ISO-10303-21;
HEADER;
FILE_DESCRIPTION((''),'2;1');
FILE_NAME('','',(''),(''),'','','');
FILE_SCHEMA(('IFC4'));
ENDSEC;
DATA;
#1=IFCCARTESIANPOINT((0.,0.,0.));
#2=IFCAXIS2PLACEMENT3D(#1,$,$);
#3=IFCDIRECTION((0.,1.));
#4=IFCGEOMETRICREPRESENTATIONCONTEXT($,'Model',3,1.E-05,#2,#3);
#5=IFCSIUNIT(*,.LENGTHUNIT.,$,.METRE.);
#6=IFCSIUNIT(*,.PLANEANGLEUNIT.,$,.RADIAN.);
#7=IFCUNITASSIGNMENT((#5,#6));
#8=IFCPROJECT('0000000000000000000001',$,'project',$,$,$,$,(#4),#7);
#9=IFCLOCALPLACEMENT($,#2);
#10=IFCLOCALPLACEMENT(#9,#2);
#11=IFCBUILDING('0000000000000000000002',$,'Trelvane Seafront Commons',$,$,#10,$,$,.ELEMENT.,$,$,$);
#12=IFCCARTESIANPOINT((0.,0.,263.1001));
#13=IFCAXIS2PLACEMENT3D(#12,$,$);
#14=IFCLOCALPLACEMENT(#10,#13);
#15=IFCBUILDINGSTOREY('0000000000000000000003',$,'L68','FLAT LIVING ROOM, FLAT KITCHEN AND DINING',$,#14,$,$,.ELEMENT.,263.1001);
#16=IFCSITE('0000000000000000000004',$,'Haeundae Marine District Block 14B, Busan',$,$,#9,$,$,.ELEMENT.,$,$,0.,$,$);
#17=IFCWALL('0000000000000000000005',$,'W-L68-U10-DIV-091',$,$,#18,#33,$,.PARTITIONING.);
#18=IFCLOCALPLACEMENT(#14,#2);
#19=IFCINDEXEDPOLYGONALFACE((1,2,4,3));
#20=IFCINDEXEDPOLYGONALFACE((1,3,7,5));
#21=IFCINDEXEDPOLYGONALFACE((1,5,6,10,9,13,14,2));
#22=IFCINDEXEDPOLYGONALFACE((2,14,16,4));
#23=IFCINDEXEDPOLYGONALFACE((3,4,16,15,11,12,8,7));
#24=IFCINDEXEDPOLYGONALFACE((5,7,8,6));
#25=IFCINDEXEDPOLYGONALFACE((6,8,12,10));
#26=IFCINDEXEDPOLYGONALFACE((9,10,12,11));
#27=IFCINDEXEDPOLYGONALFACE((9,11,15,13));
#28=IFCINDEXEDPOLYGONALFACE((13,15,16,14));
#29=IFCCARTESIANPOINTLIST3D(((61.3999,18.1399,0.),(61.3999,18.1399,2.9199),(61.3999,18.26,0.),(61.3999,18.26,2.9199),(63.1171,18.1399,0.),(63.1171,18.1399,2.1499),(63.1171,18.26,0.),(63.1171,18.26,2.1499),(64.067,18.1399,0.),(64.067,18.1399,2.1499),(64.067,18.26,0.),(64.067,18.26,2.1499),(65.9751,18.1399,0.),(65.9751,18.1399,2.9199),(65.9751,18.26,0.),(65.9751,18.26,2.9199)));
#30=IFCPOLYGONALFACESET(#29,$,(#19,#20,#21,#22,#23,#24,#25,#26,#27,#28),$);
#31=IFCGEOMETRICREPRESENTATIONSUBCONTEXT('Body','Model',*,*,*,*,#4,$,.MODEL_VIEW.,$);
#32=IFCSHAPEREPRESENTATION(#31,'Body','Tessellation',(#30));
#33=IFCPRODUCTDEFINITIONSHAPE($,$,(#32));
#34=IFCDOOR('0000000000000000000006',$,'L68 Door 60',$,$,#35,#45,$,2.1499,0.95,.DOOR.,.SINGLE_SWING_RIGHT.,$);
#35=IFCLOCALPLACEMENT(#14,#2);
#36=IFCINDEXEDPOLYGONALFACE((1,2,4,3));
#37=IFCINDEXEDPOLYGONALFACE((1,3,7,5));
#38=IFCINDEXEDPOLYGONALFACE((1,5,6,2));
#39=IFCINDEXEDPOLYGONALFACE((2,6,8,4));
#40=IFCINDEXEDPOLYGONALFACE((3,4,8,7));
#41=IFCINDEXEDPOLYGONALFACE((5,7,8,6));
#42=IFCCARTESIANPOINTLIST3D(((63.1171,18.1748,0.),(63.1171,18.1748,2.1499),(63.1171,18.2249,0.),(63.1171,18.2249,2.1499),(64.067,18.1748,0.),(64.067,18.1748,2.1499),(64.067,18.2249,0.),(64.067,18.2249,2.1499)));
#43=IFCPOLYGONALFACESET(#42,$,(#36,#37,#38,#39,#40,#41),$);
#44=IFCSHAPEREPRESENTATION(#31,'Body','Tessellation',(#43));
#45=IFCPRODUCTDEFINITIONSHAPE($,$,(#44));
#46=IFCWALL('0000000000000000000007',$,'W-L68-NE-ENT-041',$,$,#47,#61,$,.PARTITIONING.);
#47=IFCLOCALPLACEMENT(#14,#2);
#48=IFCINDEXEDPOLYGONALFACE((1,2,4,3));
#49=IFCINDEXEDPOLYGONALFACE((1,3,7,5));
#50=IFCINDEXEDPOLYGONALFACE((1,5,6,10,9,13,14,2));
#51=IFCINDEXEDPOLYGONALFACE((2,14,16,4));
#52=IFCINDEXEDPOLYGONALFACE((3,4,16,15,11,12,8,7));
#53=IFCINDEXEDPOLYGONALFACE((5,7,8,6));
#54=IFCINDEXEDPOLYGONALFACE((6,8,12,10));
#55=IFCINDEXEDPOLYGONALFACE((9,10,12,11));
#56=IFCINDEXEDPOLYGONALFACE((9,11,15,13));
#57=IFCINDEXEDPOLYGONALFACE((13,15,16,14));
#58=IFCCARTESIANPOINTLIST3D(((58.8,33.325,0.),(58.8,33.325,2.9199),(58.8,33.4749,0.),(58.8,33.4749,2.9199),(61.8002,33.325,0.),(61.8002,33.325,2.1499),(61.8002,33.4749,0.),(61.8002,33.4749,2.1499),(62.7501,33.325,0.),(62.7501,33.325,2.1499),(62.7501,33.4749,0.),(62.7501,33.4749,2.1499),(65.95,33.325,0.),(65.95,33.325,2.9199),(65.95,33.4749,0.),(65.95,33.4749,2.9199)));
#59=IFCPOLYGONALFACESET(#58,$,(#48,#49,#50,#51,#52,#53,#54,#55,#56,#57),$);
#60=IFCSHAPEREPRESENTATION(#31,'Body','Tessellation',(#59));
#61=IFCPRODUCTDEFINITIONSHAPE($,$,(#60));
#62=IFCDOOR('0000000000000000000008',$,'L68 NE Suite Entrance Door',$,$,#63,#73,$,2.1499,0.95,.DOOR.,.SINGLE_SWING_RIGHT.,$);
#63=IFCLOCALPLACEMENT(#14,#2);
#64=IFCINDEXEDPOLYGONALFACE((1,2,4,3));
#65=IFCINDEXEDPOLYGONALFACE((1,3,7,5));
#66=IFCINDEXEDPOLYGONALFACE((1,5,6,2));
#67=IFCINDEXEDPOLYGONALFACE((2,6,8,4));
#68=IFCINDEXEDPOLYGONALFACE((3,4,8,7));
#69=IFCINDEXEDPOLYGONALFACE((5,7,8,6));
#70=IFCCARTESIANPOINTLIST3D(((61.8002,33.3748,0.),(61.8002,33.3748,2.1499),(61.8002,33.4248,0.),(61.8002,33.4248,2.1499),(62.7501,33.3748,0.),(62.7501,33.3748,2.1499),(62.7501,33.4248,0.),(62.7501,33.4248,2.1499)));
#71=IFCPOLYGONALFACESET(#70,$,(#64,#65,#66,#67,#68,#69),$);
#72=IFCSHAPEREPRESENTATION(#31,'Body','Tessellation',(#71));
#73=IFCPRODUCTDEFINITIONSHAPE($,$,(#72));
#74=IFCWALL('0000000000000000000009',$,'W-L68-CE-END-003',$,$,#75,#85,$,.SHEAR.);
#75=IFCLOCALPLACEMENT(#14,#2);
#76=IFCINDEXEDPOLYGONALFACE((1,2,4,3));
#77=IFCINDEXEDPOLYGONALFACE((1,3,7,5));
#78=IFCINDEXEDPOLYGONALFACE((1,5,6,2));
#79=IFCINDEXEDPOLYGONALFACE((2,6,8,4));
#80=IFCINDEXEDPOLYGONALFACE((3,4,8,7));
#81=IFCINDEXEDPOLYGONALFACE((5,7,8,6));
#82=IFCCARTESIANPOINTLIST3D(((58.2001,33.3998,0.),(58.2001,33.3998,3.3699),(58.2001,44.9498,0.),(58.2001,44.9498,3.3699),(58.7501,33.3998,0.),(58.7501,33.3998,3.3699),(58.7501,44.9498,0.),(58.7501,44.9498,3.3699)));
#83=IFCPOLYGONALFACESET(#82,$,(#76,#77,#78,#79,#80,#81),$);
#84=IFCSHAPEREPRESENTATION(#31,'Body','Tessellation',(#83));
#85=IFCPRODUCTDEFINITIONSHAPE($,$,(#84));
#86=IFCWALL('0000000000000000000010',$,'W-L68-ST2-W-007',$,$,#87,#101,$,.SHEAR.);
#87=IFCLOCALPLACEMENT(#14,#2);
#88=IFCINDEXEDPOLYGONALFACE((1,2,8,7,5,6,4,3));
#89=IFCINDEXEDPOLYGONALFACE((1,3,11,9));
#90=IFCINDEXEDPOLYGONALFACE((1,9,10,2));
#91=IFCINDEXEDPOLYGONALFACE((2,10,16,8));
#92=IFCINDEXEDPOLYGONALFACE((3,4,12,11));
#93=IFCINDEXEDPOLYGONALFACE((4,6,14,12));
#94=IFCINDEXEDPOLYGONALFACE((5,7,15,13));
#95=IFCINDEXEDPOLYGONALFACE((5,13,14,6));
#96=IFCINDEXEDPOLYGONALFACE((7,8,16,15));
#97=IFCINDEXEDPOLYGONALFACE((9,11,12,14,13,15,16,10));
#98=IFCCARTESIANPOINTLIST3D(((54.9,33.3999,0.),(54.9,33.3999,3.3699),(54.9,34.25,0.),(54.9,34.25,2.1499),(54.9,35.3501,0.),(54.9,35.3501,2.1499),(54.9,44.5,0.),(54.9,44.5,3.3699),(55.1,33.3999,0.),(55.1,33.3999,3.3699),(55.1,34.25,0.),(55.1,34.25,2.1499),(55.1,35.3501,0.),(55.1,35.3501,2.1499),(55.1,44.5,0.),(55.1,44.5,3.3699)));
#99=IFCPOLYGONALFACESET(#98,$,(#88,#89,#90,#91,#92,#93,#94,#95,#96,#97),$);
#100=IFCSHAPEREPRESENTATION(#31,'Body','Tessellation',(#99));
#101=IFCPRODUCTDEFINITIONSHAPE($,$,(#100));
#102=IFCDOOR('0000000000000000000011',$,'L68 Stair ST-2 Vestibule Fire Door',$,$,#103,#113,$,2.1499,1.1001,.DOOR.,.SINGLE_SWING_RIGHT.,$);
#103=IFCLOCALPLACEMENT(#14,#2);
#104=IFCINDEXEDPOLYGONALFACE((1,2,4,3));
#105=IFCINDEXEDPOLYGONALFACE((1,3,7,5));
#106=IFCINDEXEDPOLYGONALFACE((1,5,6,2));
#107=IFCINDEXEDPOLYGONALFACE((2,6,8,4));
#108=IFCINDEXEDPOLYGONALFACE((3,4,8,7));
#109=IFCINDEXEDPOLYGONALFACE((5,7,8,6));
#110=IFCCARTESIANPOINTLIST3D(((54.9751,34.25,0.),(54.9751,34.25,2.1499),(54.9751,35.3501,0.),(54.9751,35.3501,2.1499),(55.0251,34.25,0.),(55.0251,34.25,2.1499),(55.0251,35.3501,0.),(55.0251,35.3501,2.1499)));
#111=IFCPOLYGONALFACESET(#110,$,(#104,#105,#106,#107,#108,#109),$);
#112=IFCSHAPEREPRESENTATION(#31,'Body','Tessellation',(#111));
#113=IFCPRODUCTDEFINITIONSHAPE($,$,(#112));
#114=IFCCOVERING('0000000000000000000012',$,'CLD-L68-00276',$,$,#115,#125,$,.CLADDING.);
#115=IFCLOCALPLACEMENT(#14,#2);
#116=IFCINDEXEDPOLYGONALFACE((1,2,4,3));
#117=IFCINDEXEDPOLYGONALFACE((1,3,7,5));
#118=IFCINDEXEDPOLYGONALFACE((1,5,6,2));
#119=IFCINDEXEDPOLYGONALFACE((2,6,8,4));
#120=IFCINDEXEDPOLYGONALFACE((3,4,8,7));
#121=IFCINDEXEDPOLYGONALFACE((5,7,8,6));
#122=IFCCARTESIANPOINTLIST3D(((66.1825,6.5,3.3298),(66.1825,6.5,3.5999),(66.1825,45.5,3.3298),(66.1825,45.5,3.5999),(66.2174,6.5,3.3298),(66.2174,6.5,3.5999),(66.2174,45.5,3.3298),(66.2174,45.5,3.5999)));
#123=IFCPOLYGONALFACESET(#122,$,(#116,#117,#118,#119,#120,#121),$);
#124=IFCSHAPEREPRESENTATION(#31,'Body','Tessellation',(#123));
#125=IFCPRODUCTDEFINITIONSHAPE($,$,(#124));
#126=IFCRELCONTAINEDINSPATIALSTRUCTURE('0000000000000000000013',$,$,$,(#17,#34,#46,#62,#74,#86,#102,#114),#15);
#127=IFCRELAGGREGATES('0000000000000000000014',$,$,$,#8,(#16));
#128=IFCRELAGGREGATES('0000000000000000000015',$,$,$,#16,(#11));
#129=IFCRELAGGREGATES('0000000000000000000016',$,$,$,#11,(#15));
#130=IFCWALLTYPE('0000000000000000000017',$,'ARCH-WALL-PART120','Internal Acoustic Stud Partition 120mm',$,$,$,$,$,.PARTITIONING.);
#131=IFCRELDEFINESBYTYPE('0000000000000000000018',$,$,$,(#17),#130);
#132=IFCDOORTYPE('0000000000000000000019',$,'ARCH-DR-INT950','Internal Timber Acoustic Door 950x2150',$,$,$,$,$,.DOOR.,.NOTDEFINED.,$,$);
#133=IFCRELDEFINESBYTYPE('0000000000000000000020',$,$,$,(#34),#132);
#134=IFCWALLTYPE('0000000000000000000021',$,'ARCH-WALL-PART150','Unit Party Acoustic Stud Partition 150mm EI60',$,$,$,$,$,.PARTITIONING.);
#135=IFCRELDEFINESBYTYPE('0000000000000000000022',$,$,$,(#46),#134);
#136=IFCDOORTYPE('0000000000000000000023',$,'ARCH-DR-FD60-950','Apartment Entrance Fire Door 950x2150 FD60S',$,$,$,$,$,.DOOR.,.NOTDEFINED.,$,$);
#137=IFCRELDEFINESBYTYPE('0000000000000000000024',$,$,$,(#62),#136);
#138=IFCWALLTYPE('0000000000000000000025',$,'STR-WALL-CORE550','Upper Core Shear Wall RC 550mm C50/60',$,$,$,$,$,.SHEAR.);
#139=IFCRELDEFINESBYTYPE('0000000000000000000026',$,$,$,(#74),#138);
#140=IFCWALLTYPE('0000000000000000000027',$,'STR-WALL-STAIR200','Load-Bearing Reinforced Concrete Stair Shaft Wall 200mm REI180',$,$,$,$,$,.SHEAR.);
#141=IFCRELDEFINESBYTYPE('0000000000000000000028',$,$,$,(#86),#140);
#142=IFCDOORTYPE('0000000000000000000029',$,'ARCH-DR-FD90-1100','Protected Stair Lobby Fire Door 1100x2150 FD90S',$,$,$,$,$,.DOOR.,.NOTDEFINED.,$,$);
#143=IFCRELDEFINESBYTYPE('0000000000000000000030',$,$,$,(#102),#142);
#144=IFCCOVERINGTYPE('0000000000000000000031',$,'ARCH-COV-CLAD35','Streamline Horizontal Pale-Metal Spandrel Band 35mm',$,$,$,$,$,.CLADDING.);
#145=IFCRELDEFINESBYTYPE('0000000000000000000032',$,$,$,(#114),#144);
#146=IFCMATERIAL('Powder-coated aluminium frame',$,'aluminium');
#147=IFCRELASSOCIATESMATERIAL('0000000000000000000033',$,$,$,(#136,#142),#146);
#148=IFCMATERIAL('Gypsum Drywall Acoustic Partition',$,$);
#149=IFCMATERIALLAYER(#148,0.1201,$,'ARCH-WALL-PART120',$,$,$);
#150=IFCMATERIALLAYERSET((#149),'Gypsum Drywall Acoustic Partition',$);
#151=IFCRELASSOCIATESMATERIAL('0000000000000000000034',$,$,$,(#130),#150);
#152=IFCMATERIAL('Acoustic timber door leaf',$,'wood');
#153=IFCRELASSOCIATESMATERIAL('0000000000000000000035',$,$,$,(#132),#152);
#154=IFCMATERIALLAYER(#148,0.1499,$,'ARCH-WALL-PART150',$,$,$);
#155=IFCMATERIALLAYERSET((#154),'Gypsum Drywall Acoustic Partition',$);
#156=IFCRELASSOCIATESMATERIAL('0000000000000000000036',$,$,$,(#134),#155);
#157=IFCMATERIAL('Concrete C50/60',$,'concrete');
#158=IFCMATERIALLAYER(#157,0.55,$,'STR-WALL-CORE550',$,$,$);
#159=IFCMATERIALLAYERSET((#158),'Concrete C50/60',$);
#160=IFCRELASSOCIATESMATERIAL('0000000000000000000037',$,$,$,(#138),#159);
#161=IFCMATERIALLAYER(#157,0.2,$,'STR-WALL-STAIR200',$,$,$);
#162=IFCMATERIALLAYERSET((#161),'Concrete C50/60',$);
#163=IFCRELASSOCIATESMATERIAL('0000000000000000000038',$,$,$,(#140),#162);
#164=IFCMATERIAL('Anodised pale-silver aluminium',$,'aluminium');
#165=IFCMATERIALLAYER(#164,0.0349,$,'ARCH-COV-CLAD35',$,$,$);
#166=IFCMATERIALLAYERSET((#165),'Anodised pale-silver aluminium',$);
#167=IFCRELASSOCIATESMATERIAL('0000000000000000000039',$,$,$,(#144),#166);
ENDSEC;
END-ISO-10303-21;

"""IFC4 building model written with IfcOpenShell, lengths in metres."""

from ifc_helpers import new_model, si_unit, direction, frame, frame_2d, origin, origin_2d, place, context, subcontext, project, spatial, rectangle, extrude, source, transform, mapped, material, layer, layer_set, type_object, element, fill, save


model = new_model("IFC4")

# Units and contexts
model_context = context("Model", 3, precision=1e-05, world=origin(), true_north=direction((0.0, 1.0)))
body_context = subcontext(model_context, "Body", "Model", "MODEL_VIEW")
ifc_project = project(units=[si_unit("LENGTHUNIT", "METRE"), si_unit("PLANEANGLEUNIT", "RADIAN")], contexts=[model_context])

# Site, building, storey
site_placement = place(None, origin())
site = spatial("IfcSite", under=ifc_project, at=site_placement, Name="Haeundae Marine District Block 14B, Busan", CompositionType="ELEMENT", RefElevation=0.0)
building_placement = place(site_placement, origin())
building = spatial("IfcBuilding", under=site, at=building_placement, Name="Trelvane Seafront Commons", CompositionType="ELEMENT")
storey_placement = place(building_placement, frame((0.0, 0.0, 263.1001)))
storey = spatial("IfcBuildingStorey", under=building, at=storey_placement, Name="L68", Description="FLAT LIVING ROOM, FLAT KITCHEN AND DINING", CompositionType="ELEMENT", Elevation=263.1001)

# Shared definitions
ifc_material_1 = material(Name="Concrete C50/60", Category="concrete")

# Shared definitions
ifc_material_2 = material(Name="Anodised pale-silver aluminium", Category="aluminium")

# Shared definitions
ifc_material_3 = material(Name="Powder-coated aluminium frame", Category="aluminium")
door_type_1 = type_object("IfcDoorType", Name="ARCH-DR-FD60-950", Description="Apartment Entrance Fire Door 950x2150 FD60S", OperationType="NOTDEFINED", PredefinedType="DOOR", material=ifc_material_3)
shared_shape_1 = source(origin(), body_context, "Body", "SweptSolid", [
    extrude(rectangle(XDim=0.95, YDim=2.1499, at=frame_2d((0.4751, 1.075))), frame((0.0, 0.0249, 0.0), z_axis=(0.0, -1.0, 0.0), x_axis=(1.0, 0.0, 0.0)), (0.0, 0.0, 1.0), 0.05),
])
ifc_material_4 = material(Name="Gypsum Drywall Acoustic Partition")
ifc_layer_1 = layer(ifc_material_4, 0.1201, Name="ARCH-WALL-PART120")
ifc_layer_set_1 = layer_set([ifc_layer_1], Name="Gypsum Drywall Acoustic Partition")
wall_type_1 = type_object("IfcWallType", Name="ARCH-WALL-PART120", Description="Internal Acoustic Stud Partition 120mm", PredefinedType="PARTITIONING", material=ifc_layer_set_1)
ifc_material_5 = material(Name="Acoustic timber door leaf", Category="wood")
door_type_2 = type_object("IfcDoorType", Name="ARCH-DR-INT950", Description="Internal Timber Acoustic Door 950x2150", OperationType="NOTDEFINED", PredefinedType="DOOR", material=ifc_material_5)

# Walls, openings, doors
wall_1_placement = place(storey_placement, frame((61.3999, 18.2, 0.0), z_axis=(0.0, 0.0, 1.0), x_axis=(1.0, 0.0, 0.0)))
wall_1 = element("IfcWall", 1, at=wall_1_placement, inside=storey, type_object=wall_type_1, Name="W-L68-U10-DIV-091", PredefinedType="PARTITIONING", context=body_context, shape_type="SweptSolid", body=[
    extrude(rectangle(XDim=4.5752, YDim=0.1201, at=frame_2d((2.2876, 0.0))), origin(), (0.0, 0.0, 1.0), 2.9199),
])
opening_1_placement = place(wall_1_placement, frame((1.717, 0.0, 0.0)))
opening_1 = element("IfcOpeningElement", 2, at=opening_1_placement, cuts=wall_1, PredefinedType="OPENING", context=body_context, shape_type="SweptSolid", body=[
    extrude(rectangle(XDim=0.95, YDim=2.1499, at=frame_2d((0.4751, 1.075))), frame((0.0, 0.0701, 0.0), z_axis=(0.0, -1.0, 0.0), x_axis=(1.0, 0.0, 0.0)), (0.0, 0.0, 1.0), 0.1401),
])
door_1_placement = place(opening_1_placement, origin())
door_1 = element("IfcDoor", 3, at=door_1_placement, inside=storey, type_object=door_type_2, Name="L68 Door 60", OperationType="SINGLE_SWING_RIGHT", OverallHeight=2.1499, OverallWidth=0.95, PredefinedType="DOOR", context=body_context, shape_type="MappedRepresentation", body=[
    mapped(shared_shape_1, transform((0.0, 0.0, 0.0), x_axis=(1.0, 0.0, 0.0), y_axis=(0.0, 1.0, 0.0), z_axis=(0.0, 0.0, 1.0), scale=1.0)),
])
fill(opening_1, door_1)
ifc_layer_2 = layer(ifc_material_4, 0.1499, Name="ARCH-WALL-PART150")
ifc_layer_set_2 = layer_set([ifc_layer_2], Name="Gypsum Drywall Acoustic Partition")
wall_type_2 = type_object("IfcWallType", Name="ARCH-WALL-PART150", Description="Unit Party Acoustic Stud Partition 150mm EI60", PredefinedType="PARTITIONING", material=ifc_layer_set_2)
wall_2_placement = place(storey_placement, frame((58.8, 33.3999, 0.0), z_axis=(0.0, 0.0, 1.0), x_axis=(1.0, 0.0, 0.0)))
wall_2 = element("IfcWall", 4, at=wall_2_placement, inside=storey, type_object=wall_type_2, Name="W-L68-NE-ENT-041", PredefinedType="PARTITIONING", context=body_context, shape_type="SweptSolid", body=[
    extrude(rectangle(XDim=7.1499, YDim=0.1499, at=frame_2d((3.575, 0.0))), origin(), (0.0, 0.0, 1.0), 2.9199),
])
opening_2_placement = place(wall_2_placement, frame((3.0, 0.0, 0.0)))
opening_2 = element("IfcOpeningElement", 5, at=opening_2_placement, cuts=wall_2, PredefinedType="OPENING", context=body_context, shape_type="SweptSolid", body=[
    extrude(rectangle(XDim=0.95, YDim=2.1499, at=frame_2d((0.4751, 1.075))), frame((0.0, 0.085, 0.0), z_axis=(0.0, -1.0, 0.0), x_axis=(1.0, 0.0, 0.0)), (0.0, 0.0, 1.0), 0.1699),
])
door_2_placement = place(opening_2_placement, origin())
door_2 = element("IfcDoor", 6, at=door_2_placement, inside=storey, type_object=door_type_1, Name="L68 NE Suite Entrance Door", OperationType="SINGLE_SWING_RIGHT", OverallHeight=2.1499, OverallWidth=0.95, PredefinedType="DOOR", context=body_context, shape_type="MappedRepresentation", body=[
    mapped(shared_shape_1, transform((0.0, 0.0, 0.0), x_axis=(1.0, 0.0, 0.0), y_axis=(0.0, 1.0, 0.0), z_axis=(0.0, 0.0, 1.0), scale=1.0)),
])
fill(opening_2, door_2)

# Wall
ifc_layer_3 = layer(ifc_material_1, 0.55, Name="STR-WALL-CORE550")
ifc_layer_set_3 = layer_set([ifc_layer_3], Name="Concrete C50/60")
wall_type_3 = type_object("IfcWallType", Name="STR-WALL-CORE550", Description="Upper Core Shear Wall RC 550mm C50/60", PredefinedType="SHEAR", material=ifc_layer_set_3)
wall_3_placement = place(storey_placement, frame((58.4751, 33.3999, 0.0), z_axis=(0.0, 0.0, 1.0), x_axis=(0.0, 1.0, 0.0)))
element("IfcWall", 7, at=wall_3_placement, inside=storey, type_object=wall_type_3, Name="W-L68-CE-END-003", PredefinedType="SHEAR", context=body_context, shape_type="SweptSolid", body=[
    extrude(rectangle(XDim=11.55, YDim=0.55, at=frame_2d((5.7749, 0.0))), origin(), (0.0, 0.0, 1.0), 3.3699),
])

# Wall, opening, door
ifc_layer_4 = layer(ifc_material_1, 0.2, Name="STR-WALL-STAIR200")
ifc_layer_set_4 = layer_set([ifc_layer_4], Name="Concrete C50/60")
wall_type_4 = type_object("IfcWallType", Name="STR-WALL-STAIR200", Description="Load-Bearing Reinforced Concrete Stair Shaft Wall 200mm REI180", PredefinedType="SHEAR", material=ifc_layer_set_4)
wall_4_placement = place(storey_placement, frame((55.0, 33.3999, 0.0), z_axis=(0.0, 0.0, 1.0), x_axis=(0.0, 1.0, 0.0)))
wall_4 = element("IfcWall", 8, at=wall_4_placement, inside=storey, type_object=wall_type_4, Name="W-L68-ST2-W-007", PredefinedType="SHEAR", context=body_context, shape_type="SweptSolid", body=[
    extrude(rectangle(XDim=11.1001, YDim=0.2, at=frame_2d((5.55, 0.0))), origin(), (0.0, 0.0, 1.0), 3.3699),
])
opening_3_placement = place(wall_4_placement, frame((0.8501, 0.0, 0.0)))
opening_3 = element("IfcOpeningElement", 9, at=opening_3_placement, cuts=wall_4, PredefinedType="OPENING", context=body_context, shape_type="SweptSolid", body=[
    extrude(rectangle(XDim=1.1001, YDim=2.1499, at=frame_2d((0.55, 1.075))), frame((0.0, 0.1099, 0.0), z_axis=(0.0, -1.0, 0.0), x_axis=(1.0, 0.0, 0.0)), (0.0, 0.0, 1.0), 0.22),
])
door_type_3 = type_object("IfcDoorType", Name="ARCH-DR-FD90-1100", Description="Protected Stair Lobby Fire Door 1100x2150 FD90S", OperationType="NOTDEFINED", PredefinedType="DOOR", material=ifc_material_3)
shared_shape_2 = source(origin(), body_context, "Body", "SweptSolid", [
    extrude(rectangle(XDim=1.1001, YDim=2.1499, at=frame_2d((0.55, 1.075))), frame((0.0, 0.0249, 0.0), z_axis=(0.0, -1.0, 0.0), x_axis=(1.0, 0.0, 0.0)), (0.0, 0.0, 1.0), 0.05),
])
door_3_placement = place(opening_3_placement, origin())
door_3 = element("IfcDoor", 10, at=door_3_placement, inside=storey, type_object=door_type_3, Name="L68 Stair ST-2 Vestibule Fire Door", OperationType="SINGLE_SWING_RIGHT", OverallHeight=2.1499, OverallWidth=1.1001, PredefinedType="DOOR", context=body_context, shape_type="MappedRepresentation", body=[
    mapped(shared_shape_2, transform((0.0, 0.0, 0.0), x_axis=(1.0, 0.0, 0.0), y_axis=(0.0, 1.0, 0.0), z_axis=(0.0, 0.0, 1.0), scale=1.0)),
])
fill(opening_3, door_3)

# Covering
ifc_layer_5 = layer(ifc_material_2, 0.0349, Name="ARCH-COV-CLAD35")
ifc_layer_set_5 = layer_set([ifc_layer_5], Name="Anodised pale-silver aluminium")
covering_type = type_object("IfcCoveringType", Name="ARCH-COV-CLAD35", Description="Streamline Horizontal Pale-Metal Spandrel Band 35mm", PredefinedType="CLADDING", material=ifc_layer_set_5)
shared_shape_3 = source(origin(), body_context, "Body", "SweptSolid", [
    extrude(rectangle(XDim=39.0, YDim=0.0349, at=origin_2d()), origin(), (0.0, 0.0, 1.0), 0.27),
])
covering_placement = place(storey_placement, frame((66.2, 26.0, 3.3298), z_axis=(0.0, 0.0, 1.0), x_axis=(0.0, -1.0, 0.0)))
element("IfcCovering", 11, at=covering_placement, inside=storey, type_object=covering_type, Name="CLD-L68-00276", PredefinedType="CLADDING", context=body_context, shape_type="MappedRepresentation", body=[
    mapped(shared_shape_3, transform((0.0, 0.0, 0.0), x_axis=(1.0, 0.0, 0.0), y_axis=(0.0, 1.0, 0.0), z_axis=(0.0, 0.0, 1.0), scale=1.0)),
])

save(model, "model.ifc")
